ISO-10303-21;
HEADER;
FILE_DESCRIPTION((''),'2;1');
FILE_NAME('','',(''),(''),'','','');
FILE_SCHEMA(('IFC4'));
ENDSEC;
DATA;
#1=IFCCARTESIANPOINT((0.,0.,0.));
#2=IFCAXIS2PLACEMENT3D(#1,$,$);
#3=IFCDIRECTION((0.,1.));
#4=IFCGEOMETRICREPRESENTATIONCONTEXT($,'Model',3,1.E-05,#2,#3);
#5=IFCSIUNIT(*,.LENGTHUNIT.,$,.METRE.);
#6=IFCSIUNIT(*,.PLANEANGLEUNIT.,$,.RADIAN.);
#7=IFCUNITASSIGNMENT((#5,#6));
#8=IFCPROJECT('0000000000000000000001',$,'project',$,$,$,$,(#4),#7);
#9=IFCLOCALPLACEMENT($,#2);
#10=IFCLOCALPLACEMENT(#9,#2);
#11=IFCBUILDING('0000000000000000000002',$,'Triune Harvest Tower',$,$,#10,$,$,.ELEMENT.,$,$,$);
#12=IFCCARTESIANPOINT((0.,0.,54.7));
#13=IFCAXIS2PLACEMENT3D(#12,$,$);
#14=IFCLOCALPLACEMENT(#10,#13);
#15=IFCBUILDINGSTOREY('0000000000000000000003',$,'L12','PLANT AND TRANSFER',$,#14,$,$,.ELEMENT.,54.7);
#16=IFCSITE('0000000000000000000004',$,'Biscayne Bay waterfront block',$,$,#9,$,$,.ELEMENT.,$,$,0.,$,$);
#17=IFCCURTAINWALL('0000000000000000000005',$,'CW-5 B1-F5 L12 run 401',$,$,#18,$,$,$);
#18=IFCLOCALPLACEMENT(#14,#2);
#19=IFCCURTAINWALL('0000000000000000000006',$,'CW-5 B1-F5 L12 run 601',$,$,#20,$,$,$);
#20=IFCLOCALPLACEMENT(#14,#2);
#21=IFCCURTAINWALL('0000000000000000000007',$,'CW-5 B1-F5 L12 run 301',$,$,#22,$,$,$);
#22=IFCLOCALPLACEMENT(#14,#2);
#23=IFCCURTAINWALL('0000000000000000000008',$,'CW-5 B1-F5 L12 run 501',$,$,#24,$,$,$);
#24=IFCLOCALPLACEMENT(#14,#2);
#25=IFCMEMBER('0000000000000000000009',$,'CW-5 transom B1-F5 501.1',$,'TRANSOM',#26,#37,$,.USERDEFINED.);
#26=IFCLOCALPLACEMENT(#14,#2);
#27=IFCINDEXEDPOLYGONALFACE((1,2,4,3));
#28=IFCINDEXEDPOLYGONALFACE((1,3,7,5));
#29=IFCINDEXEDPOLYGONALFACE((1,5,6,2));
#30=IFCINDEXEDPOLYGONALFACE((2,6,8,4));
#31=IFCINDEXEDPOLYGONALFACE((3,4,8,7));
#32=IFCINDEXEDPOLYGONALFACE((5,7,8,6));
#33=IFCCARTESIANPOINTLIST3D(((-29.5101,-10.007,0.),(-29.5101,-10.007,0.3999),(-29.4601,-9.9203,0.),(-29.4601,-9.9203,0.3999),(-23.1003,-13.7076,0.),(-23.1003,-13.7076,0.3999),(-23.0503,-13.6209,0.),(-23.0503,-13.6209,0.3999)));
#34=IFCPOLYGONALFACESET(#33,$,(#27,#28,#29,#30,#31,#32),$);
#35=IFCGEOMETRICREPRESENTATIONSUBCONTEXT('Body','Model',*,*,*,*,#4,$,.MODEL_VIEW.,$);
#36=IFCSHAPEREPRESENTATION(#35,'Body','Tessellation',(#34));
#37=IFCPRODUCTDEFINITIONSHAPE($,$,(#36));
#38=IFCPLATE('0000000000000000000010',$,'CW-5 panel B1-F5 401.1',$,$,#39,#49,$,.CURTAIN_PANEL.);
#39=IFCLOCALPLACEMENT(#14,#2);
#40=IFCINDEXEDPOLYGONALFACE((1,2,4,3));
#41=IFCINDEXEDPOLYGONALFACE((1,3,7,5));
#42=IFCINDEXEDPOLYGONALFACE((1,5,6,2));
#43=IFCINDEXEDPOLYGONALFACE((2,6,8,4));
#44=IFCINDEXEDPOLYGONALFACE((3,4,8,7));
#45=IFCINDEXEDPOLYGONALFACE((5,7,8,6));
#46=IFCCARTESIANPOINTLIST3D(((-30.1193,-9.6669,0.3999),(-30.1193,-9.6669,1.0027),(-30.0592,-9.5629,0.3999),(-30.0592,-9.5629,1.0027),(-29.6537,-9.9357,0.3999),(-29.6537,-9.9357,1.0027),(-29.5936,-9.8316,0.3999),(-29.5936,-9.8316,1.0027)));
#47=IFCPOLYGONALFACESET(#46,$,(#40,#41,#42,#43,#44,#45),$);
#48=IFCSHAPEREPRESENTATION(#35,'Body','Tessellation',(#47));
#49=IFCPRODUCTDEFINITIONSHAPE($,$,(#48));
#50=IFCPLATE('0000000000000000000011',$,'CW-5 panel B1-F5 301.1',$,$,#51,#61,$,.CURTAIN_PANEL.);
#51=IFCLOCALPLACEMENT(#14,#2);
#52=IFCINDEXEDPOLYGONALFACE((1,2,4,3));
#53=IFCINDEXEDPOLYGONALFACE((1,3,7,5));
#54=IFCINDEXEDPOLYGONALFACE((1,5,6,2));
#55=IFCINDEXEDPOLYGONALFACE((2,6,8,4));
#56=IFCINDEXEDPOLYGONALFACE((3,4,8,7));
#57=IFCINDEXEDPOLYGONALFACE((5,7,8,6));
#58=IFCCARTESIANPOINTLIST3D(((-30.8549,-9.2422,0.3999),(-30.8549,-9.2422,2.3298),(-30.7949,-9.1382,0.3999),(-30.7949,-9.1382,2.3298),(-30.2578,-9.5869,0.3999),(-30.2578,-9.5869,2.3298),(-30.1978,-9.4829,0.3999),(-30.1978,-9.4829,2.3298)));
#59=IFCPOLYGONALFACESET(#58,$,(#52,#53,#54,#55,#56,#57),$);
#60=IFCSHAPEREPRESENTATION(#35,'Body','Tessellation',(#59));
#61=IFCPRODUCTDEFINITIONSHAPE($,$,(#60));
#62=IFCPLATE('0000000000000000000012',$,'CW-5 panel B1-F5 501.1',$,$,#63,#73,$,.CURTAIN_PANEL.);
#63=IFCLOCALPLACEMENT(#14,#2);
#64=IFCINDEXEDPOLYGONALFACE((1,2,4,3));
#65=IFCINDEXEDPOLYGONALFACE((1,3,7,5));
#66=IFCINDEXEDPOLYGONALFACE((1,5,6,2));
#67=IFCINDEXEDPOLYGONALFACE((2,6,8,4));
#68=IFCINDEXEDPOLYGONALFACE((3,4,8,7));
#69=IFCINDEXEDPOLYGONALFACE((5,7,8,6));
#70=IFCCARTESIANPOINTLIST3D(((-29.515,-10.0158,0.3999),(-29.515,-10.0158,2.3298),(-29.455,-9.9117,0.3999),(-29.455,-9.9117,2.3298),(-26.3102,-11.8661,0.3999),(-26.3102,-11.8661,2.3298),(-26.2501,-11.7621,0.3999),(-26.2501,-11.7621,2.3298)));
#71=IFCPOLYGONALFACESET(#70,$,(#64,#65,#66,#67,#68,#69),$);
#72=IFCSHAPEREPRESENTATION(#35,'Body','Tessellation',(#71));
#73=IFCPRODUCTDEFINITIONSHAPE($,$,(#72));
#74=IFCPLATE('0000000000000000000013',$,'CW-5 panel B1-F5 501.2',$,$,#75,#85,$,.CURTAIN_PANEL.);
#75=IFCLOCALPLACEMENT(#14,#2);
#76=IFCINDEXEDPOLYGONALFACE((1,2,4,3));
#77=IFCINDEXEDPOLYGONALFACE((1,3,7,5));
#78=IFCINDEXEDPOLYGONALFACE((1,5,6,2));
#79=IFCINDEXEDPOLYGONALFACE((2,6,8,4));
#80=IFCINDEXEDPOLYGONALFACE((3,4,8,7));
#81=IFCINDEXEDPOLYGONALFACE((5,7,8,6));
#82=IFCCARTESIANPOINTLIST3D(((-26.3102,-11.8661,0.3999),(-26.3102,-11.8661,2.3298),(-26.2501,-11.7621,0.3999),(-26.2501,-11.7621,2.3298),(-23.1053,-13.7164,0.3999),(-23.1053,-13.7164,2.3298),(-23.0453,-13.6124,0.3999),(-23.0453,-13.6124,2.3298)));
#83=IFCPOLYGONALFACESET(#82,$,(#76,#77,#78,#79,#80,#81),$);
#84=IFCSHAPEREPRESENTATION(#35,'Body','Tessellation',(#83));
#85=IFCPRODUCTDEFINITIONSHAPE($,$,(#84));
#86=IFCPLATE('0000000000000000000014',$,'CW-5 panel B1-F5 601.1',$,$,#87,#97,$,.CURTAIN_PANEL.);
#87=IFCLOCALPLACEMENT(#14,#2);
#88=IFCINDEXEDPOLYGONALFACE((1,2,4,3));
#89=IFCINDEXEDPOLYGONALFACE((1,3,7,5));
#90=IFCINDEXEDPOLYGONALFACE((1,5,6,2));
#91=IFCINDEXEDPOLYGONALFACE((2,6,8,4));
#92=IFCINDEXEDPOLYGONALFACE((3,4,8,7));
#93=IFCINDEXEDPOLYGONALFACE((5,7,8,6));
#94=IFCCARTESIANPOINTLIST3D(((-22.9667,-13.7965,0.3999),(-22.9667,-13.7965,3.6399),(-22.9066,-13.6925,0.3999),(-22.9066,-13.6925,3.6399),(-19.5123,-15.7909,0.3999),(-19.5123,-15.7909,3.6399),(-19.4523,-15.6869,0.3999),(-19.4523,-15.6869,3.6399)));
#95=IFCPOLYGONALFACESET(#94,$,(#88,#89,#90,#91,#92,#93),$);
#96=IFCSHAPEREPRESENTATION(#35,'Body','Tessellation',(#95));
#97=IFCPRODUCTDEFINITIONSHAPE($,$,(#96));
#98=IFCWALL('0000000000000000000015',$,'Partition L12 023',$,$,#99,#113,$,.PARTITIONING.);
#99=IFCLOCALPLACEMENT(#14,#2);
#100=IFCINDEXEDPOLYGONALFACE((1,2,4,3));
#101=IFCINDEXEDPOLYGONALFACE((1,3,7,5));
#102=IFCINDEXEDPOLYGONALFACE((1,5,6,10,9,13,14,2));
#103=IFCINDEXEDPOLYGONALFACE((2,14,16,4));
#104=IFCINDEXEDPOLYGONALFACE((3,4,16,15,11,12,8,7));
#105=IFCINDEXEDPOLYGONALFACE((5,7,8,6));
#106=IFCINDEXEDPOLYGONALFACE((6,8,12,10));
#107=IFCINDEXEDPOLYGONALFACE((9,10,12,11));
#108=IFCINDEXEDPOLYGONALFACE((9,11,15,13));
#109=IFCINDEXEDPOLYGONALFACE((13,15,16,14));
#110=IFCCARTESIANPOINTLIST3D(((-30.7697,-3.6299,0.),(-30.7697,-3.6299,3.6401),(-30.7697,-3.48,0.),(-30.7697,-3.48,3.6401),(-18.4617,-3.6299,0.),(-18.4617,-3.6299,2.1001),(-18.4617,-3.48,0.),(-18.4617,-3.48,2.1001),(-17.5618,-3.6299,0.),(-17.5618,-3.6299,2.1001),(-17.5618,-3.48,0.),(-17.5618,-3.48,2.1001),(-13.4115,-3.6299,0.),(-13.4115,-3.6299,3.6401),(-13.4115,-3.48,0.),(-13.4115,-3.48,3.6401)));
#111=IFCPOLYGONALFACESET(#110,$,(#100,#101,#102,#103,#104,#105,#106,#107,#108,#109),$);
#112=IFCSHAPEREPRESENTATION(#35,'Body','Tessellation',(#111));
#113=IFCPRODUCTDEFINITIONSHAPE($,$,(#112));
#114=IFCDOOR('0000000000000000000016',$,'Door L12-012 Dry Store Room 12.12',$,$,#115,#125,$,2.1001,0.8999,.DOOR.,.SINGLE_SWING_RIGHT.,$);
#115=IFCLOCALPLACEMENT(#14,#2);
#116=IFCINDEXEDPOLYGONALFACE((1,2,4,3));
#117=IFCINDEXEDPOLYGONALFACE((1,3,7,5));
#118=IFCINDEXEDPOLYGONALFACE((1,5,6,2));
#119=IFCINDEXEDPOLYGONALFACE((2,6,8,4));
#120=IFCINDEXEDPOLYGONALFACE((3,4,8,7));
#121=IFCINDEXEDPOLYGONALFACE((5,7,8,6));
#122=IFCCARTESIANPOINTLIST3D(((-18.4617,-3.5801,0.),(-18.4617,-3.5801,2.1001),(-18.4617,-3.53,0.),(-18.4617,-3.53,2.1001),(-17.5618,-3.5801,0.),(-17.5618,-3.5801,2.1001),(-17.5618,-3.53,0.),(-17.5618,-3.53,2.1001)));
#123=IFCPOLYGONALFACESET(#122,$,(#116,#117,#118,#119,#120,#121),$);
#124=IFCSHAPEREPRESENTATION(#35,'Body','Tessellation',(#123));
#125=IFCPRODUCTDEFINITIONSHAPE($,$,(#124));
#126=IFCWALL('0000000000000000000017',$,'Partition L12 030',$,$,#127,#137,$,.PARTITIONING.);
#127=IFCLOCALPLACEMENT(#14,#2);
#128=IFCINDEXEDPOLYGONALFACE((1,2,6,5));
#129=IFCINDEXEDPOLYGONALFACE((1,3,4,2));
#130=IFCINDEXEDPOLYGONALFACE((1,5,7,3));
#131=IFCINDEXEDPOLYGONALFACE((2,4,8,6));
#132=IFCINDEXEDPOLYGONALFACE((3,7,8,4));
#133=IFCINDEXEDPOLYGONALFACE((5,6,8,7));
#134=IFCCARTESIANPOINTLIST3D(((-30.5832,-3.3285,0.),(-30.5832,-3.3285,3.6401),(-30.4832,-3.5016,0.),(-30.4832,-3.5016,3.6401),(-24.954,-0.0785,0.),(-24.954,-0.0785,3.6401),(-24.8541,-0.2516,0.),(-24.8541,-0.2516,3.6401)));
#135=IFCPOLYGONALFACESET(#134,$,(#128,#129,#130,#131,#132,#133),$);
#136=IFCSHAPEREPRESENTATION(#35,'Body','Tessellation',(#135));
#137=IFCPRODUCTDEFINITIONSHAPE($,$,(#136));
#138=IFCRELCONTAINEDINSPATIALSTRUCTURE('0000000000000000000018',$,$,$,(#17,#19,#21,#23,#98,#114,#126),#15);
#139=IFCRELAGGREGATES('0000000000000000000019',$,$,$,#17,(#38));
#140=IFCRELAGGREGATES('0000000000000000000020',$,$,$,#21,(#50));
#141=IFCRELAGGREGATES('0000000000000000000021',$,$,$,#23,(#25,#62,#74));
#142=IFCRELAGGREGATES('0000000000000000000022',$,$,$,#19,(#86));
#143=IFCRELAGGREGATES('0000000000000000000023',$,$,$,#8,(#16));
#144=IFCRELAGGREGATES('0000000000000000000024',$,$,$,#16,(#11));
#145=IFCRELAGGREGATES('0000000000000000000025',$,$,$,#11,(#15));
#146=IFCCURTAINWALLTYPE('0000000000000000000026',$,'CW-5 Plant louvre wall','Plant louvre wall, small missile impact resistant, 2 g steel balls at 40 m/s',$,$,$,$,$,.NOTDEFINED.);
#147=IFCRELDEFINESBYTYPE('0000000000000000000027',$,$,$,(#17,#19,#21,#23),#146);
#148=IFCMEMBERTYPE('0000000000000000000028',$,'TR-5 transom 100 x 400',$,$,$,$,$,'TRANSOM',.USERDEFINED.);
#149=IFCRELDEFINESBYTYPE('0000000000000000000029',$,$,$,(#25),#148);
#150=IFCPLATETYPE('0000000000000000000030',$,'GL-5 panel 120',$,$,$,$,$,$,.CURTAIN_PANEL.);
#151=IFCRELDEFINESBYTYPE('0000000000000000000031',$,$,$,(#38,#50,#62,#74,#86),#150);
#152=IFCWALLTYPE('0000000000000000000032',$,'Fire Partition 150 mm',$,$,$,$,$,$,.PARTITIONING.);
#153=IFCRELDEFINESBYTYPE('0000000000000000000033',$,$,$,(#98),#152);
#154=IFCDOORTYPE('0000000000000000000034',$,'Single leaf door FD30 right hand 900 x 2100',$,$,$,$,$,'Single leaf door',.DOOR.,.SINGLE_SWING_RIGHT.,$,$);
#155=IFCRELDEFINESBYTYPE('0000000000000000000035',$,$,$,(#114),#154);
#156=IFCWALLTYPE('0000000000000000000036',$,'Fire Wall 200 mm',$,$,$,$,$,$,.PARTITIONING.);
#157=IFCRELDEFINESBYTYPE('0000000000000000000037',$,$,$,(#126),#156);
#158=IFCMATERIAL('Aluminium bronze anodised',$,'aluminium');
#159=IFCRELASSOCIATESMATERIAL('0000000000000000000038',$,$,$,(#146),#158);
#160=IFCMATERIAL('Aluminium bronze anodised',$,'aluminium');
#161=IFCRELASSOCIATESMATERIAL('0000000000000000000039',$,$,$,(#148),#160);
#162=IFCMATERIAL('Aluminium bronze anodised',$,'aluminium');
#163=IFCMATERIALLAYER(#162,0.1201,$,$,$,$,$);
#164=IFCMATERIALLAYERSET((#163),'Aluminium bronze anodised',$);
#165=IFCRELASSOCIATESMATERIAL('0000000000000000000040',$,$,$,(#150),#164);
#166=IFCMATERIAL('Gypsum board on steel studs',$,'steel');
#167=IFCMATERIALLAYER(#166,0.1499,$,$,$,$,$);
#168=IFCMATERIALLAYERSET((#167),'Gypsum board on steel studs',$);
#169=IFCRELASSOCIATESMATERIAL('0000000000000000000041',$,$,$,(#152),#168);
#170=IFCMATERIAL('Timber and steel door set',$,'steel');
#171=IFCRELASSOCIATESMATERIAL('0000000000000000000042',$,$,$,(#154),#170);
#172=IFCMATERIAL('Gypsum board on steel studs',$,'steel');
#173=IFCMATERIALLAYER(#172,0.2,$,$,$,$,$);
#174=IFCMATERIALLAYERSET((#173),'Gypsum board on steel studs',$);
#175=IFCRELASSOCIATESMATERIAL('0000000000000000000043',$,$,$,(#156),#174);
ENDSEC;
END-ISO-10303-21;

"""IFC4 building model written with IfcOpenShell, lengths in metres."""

from ifc_helpers import new_model, si_unit, direction, frame, frame_2d, origin, origin_2d, place, context, subcontext, project, spatial, rectangle, extrude, source, transform, mapped, material, layer, layer_set, material_profile, profile_set, type_object, element, fill, aggregate, save


model = new_model("IFC4")

# Units and contexts
model_context = context("Model", 3, precision=1e-05, world=origin(), true_north=direction((0.0, 1.0)))
body_context = subcontext(model_context, "Body", "Model", "MODEL_VIEW")
ifc_project = project(units=[si_unit("LENGTHUNIT", "METRE"), si_unit("PLANEANGLEUNIT", "RADIAN")], contexts=[model_context])

# Site, building, storey
site_placement = place(None, origin())
site = spatial("IfcSite", under=ifc_project, at=site_placement, Name="Biscayne Bay waterfront block", CompositionType="ELEMENT", RefElevation=0.0)
building_placement = place(site_placement, origin())
building = spatial("IfcBuilding", under=site, at=building_placement, Name="Triune Harvest Tower", CompositionType="ELEMENT")
storey_placement = place(building_placement, frame((0.0, 0.0, 54.7)))
storey = spatial("IfcBuildingStorey", under=building, at=storey_placement, Name="L12", Description="PLANT AND TRANSFER", CompositionType="ELEMENT", Elevation=54.7)

# Curtain walls
ifc_material_1 = material(Name="Aluminium bronze anodised", Category="aluminium")
curtain_wall_type = type_object("IfcCurtainWallType", Name="CW-5 Plant louvre wall", Description="Plant louvre wall, small missile impact resistant, 2 g steel balls at 40 m/s", PredefinedType="NOTDEFINED", material=ifc_material_1)
curtain_wall_1_placement = place(storey_placement, origin())
curtain_wall_1 = element("IfcCurtainWall", 1, at=curtain_wall_1_placement, inside=storey, type_object=curtain_wall_type, Name="CW-5 B1-F5 L12 run 401")
ifc_material_2 = material(Name="Aluminium bronze anodised", Category="aluminium")
ifc_material_profile_1 = material_profile(ifc_material_2, rectangle(XDim=0.1001, YDim=0.3999, at=origin_2d()), Name="TR-5 transom 100 x 400")
ifc_profile_set_1 = profile_set([ifc_material_profile_1], Name="Aluminium bronze anodised")
member_type_1 = type_object("IfcMemberType", Name="TR-5 transom 100 x 400", ElementType="TRANSOM", PredefinedType="USERDEFINED", material=ifc_profile_set_1)
curtain_wall_2_placement = place(storey_placement, origin())
curtain_wall_2 = element("IfcCurtainWall", 2, at=curtain_wall_2_placement, inside=storey, type_object=curtain_wall_type, Name="CW-5 B1-F5 L12 run 601")

# Curtain walls
curtain_wall_3_placement = place(storey_placement, origin())
curtain_wall_3 = element("IfcCurtainWall", 3, at=curtain_wall_3_placement, inside=storey, type_object=curtain_wall_type, Name="CW-5 B1-F5 L12 run 301")
curtain_wall_4_placement = place(storey_placement, origin())
curtain_wall_4 = element("IfcCurtainWall", 4, at=curtain_wall_4_placement, inside=storey, type_object=curtain_wall_type, Name="CW-5 B1-F5 L12 run 501")

# Member
shared_shape_1 = source(origin(), body_context, "Body", "SweptSolid", [
    extrude(rectangle(XDim=0.1001, YDim=0.3999, at=origin_2d()), origin(), (0.0, 0.0, 1.0), 7.4014),
])
member_1_placement = place(storey_placement, frame((-29.4851, -9.9636, 0.2), z_axis=(0.86603, -0.499992, 0.0), x_axis=(0.499992, 0.86603, 0.0)))
member_1 = element("IfcMember", 5, at=member_1_placement, type_object=member_type_1, Name="CW-5 transom B1-F5 501.1", ObjectType="TRANSOM", PredefinedType="USERDEFINED", context=body_context, shape_type="MappedRepresentation", body=[
    mapped(shared_shape_1, transform((0.0, 0.0, 0.0), scale=1.0)),
])

# Plates
ifc_material_3 = material(Name="Aluminium bronze anodised", Category="aluminium")
ifc_layer_1 = layer(ifc_material_3, 0.1201)
ifc_layer_set_1 = layer_set([ifc_layer_1], Name="Aluminium bronze anodised")
plate_type = type_object("IfcPlateType", Name="GL-5 panel 120", PredefinedType="CURTAIN_PANEL", material=ifc_layer_set_1)
shared_shape_2 = source(origin(), body_context, "Body", "SweptSolid", [
    extrude(rectangle(XDim=0.5376, YDim=0.1201, at=origin_2d()), origin(), (0.0, 0.0, 1.0), 0.6028),
])
plate_1_placement = place(storey_placement, frame((-29.8564, -9.7493, 0.3999), z_axis=(0.0, 0.0, 1.0), x_axis=(0.866047, -0.499962, 0.0)))
plate_1 = element("IfcPlate", 6, at=plate_1_placement, type_object=plate_type, Name="CW-5 panel B1-F5 401.1", PredefinedType="CURTAIN_PANEL", context=body_context, shape_type="MappedRepresentation", body=[
    mapped(shared_shape_2, transform((0.0, 0.0, 0.0), scale=1.0)),
])
aggregate(curtain_wall_1, [plate_1])
shared_shape_3 = source(origin(), body_context, "Body", "SweptSolid", [
    extrude(rectangle(XDim=0.6895, YDim=0.1201, at=origin_2d()), origin(), (0.0, 0.0, 1.0), 1.9299),
])
plate_2_placement = place(storey_placement, frame((-30.5264, -9.3625, 0.3999), z_axis=(0.0, 0.0, 1.0), x_axis=(0.866054, -0.49995, 0.0)))
plate_2 = element("IfcPlate", 7, at=plate_2_placement, type_object=plate_type, Name="CW-5 panel B1-F5 301.1", PredefinedType="CURTAIN_PANEL", context=body_context, shape_type="MappedRepresentation", body=[
    mapped(shared_shape_3, transform((0.0, 0.0, 0.0), scale=1.0)),
])
aggregate(curtain_wall_3, [plate_2])
shared_shape_4 = source(origin(), body_context, "Body", "SweptSolid", [
    extrude(rectangle(XDim=3.7007, YDim=0.1201, at=origin_2d()), origin(), (0.0, 0.0, 1.0), 1.9299),
])
plate_3_placement = place(storey_placement, frame((-27.8826, -10.8889, 0.3999), z_axis=(0.0, 0.0, 1.0), x_axis=(0.866023, -0.500004, 0.0)))
plate_3 = element("IfcPlate", 8, at=plate_3_placement, type_object=plate_type, Name="CW-5 panel B1-F5 501.1", PredefinedType="CURTAIN_PANEL", context=body_context, shape_type="MappedRepresentation", body=[
    mapped(shared_shape_4, transform((0.0, 0.0, 0.0), scale=1.0)),
])
plate_4_placement = place(storey_placement, frame((-24.6777, -12.7393, 0.3999), z_axis=(0.0, 0.0, 1.0), x_axis=(0.866023, -0.500004, 0.0)))
plate_4 = element("IfcPlate", 9, at=plate_4_placement, type_object=plate_type, Name="CW-5 panel B1-F5 501.2", PredefinedType="CURTAIN_PANEL", context=body_context, shape_type="MappedRepresentation", body=[
    mapped(shared_shape_4, transform((0.0, 0.0, 0.0), scale=1.0)),
])
aggregate(curtain_wall_4, [member_1, plate_3, plate_4])
shared_shape_5 = source(origin(), body_context, "Body", "SweptSolid", [
    extrude(rectangle(XDim=3.9888, YDim=0.1201, at=origin_2d()), origin(), (0.0, 0.0, 1.0), 3.24),
])
plate_5_placement = place(storey_placement, frame((-21.2095, -14.7417, 0.3999), z_axis=(0.0, 0.0, 1.0), x_axis=(0.866025, -0.5, 0.0)))
plate_5 = element("IfcPlate", 10, at=plate_5_placement, type_object=plate_type, Name="CW-5 panel B1-F5 601.1", PredefinedType="CURTAIN_PANEL", context=body_context, shape_type="MappedRepresentation", body=[
    mapped(shared_shape_5, transform((0.0, 0.0, 0.0), scale=1.0)),
])
aggregate(curtain_wall_2, [plate_5])

# Wall, opening, door
ifc_material_4 = material(Name="Gypsum board on steel studs", Category="steel")
ifc_layer_2 = layer(ifc_material_4, 0.1499)
ifc_layer_set_2 = layer_set([ifc_layer_2], Name="Gypsum board on steel studs")
wall_type_1 = type_object("IfcWallType", Name="Fire Partition 150 mm", PredefinedType="PARTITIONING", material=ifc_layer_set_2)
wall_1_placement = place(storey_placement, frame((-30.7698, -3.5549, 0.0), z_axis=(0.0, 0.0, 1.0), x_axis=(1.0, 0.0, 0.0)))
wall_1 = element("IfcWall", 11, at=wall_1_placement, inside=storey, type_object=wall_type_1, Name="Partition L12 023", PredefinedType="PARTITIONING", context=body_context, shape_type="SweptSolid", body=[
    extrude(rectangle(XDim=17.3582, YDim=0.1499, at=frame_2d((8.6792, 0.0))), origin(), (0.0, 0.0, 1.0), 3.6401),
])
opening_placement = place(wall_1_placement, frame((12.3081, 0.0, 0.0)))
opening = element("IfcOpeningElement", 12, at=opening_placement, cuts=wall_1, PredefinedType="OPENING", context=body_context, shape_type="SweptSolid", body=[
    extrude(rectangle(XDim=0.8999, YDim=2.1001, at=frame_2d((0.45, 1.05))), frame((0.0, 0.085, 0.0), z_axis=(0.0, -1.0, 0.0), x_axis=(1.0, 0.0, 0.0)), (0.0, 0.0, 1.0), 0.1699),
])
ifc_material_5 = material(Name="Timber and steel door set", Category="steel")
door_type = type_object("IfcDoorType", Name="Single leaf door FD30 right hand 900 x 2100", ElementType="Single leaf door", OperationType="SINGLE_SWING_RIGHT", PredefinedType="DOOR", material=ifc_material_5)
door_placement = place(opening_placement, origin())
door = element("IfcDoor", 13, at=door_placement, inside=storey, type_object=door_type, Name="Door L12-012 Dry Store Room 12.12", OperationType="SINGLE_SWING_RIGHT", OverallHeight=2.1001, OverallWidth=0.8999, PredefinedType="DOOR", context=body_context, shape_type="SweptSolid", body=[
    extrude(rectangle(XDim=0.8999, YDim=2.1001, at=frame_2d((0.45, 1.05))), frame((0.0, 0.0249, 0.0), z_axis=(0.0, -1.0, 0.0), x_axis=(1.0, 0.0, 0.0)), (0.0, 0.0, 1.0), 0.05),
])
fill(opening, door)

# Wall
ifc_material_6 = material(Name="Gypsum board on steel studs", Category="steel")
ifc_layer_3 = layer(ifc_material_6, 0.2)
ifc_layer_set_3 = layer_set([ifc_layer_3], Name="Gypsum board on steel studs")
wall_type_2 = type_object("IfcWallType", Name="Fire Wall 200 mm", PredefinedType="PARTITIONING", material=ifc_layer_set_3)
wall_2_placement = place(storey_placement, frame((-30.5332, -3.415, 0.0), z_axis=(0.0, 0.0, 1.0), x_axis=(0.866025, 0.500001, 0.0)))
element("IfcWall", 14, at=wall_2_placement, inside=storey, type_object=wall_type_2, Name="Partition L12 030", PredefinedType="PARTITIONING", context=body_context, shape_type="SweptSolid", body=[
    extrude(rectangle(XDim=6.5, YDim=0.2, at=frame_2d((3.25, 0.0))), origin(), (0.0, 0.0, 1.0), 3.6401),
])

save(model, "model.ifc")
